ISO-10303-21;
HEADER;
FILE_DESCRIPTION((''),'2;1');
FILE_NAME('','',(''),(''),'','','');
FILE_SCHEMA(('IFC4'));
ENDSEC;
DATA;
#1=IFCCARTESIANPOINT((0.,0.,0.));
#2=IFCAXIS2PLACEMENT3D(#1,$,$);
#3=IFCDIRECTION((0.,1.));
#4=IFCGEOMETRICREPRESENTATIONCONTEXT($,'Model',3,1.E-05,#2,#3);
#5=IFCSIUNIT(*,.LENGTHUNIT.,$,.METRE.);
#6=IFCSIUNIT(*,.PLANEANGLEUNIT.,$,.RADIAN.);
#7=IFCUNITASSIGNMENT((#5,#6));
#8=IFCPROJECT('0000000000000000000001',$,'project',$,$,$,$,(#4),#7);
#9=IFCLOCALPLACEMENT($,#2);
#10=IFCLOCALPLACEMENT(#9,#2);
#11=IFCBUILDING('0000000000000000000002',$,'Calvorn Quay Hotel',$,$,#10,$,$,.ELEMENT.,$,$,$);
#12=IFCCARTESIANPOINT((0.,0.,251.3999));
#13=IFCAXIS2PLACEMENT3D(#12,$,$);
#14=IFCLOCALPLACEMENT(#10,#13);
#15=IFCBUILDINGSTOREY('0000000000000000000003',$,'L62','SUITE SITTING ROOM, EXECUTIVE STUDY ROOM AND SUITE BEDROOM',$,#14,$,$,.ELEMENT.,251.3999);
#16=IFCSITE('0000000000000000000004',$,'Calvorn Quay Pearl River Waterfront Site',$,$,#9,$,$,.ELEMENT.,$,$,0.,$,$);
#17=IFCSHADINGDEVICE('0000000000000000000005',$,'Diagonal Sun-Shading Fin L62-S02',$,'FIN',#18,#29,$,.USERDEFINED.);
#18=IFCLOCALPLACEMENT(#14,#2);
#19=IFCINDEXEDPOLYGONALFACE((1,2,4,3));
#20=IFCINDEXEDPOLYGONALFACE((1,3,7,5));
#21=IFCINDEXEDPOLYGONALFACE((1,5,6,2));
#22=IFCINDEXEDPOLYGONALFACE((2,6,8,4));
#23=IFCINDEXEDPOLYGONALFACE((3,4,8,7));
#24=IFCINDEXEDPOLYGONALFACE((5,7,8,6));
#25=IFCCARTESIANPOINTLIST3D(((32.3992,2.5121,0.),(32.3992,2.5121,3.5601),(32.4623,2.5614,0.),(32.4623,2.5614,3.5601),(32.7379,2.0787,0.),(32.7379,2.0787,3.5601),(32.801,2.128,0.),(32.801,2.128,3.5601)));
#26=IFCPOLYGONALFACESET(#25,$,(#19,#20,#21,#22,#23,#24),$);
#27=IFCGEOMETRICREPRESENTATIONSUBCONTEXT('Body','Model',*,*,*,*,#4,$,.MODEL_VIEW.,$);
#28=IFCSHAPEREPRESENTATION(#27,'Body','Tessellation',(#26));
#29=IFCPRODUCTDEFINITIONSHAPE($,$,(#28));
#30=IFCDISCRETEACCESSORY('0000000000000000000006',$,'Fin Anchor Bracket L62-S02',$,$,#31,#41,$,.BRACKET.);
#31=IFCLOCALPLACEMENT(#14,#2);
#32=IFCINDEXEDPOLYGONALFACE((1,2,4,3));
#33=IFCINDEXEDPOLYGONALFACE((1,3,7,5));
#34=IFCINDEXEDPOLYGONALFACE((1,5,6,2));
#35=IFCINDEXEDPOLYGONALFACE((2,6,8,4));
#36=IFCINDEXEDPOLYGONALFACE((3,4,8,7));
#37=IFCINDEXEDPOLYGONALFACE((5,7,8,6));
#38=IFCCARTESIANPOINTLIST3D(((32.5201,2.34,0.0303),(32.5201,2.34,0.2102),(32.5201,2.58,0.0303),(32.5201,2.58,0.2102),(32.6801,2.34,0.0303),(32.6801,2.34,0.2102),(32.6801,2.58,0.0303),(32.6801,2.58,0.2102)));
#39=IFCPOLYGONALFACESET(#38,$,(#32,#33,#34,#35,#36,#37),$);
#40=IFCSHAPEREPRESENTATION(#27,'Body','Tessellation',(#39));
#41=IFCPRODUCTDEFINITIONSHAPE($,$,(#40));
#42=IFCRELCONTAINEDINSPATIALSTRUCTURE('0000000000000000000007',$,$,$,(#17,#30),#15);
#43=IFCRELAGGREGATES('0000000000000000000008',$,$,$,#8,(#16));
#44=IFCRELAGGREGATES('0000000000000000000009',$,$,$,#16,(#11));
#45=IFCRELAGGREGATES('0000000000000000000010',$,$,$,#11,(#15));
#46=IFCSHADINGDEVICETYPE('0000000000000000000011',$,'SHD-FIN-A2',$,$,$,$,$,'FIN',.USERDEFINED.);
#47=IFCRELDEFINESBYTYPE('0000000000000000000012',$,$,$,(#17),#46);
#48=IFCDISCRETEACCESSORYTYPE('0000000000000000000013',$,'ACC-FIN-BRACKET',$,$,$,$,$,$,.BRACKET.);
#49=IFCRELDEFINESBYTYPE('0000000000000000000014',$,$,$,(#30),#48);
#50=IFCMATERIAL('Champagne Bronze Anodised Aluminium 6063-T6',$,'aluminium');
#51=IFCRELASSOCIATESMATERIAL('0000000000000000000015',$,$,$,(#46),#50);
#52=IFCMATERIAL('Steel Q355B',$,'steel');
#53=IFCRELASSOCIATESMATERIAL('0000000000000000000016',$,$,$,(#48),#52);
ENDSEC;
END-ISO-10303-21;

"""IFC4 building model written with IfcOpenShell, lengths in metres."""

from ifc_helpers import new_model, si_unit, direction, frame, origin, origin_2d, place, context, subcontext, project, spatial, rectangle, extrude, material, type_object, element, save


model = new_model("IFC4")

# Units and contexts
model_context = context("Model", 3, precision=1e-05, world=origin(), true_north=direction((0.0, 1.0)))
body_context = subcontext(model_context, "Body", "Model", "MODEL_VIEW")
ifc_project = project(units=[si_unit("LENGTHUNIT", "METRE"), si_unit("PLANEANGLEUNIT", "RADIAN")], contexts=[model_context])

# Site, building, storey
site_placement = place(None, origin())
site = spatial("IfcSite", under=ifc_project, at=site_placement, Name="Calvorn Quay Pearl River Waterfront Site", CompositionType="ELEMENT", RefElevation=0.0)
building_placement = place(site_placement, origin())
building = spatial("IfcBuilding", under=site, at=building_placement, Name="Calvorn Quay Hotel", CompositionType="ELEMENT")
storey_placement = place(building_placement, frame((0.0, 0.0, 251.3999)))
storey = spatial("IfcBuildingStorey", under=building, at=storey_placement, Name="L62", Description="SUITE SITTING ROOM, EXECUTIVE STUDY ROOM AND SUITE BEDROOM", CompositionType="ELEMENT", Elevation=251.3999)

# Shading device
ifc_material_1 = material(Name="Champagne Bronze Anodised Aluminium 6063-T6", Category="aluminium")
shading_device_type = type_object("IfcShadingDeviceType", Name="SHD-FIN-A2", ElementType="FIN", PredefinedType="USERDEFINED", material=ifc_material_1)
shading_device_placement = place(storey_placement, frame((32.6001, 2.3201, 0.0), z_axis=(0.0, 0.0, 1.0), x_axis=(-0.615661, 0.788011, 0.0)))
element("IfcShadingDevice", 1, at=shading_device_placement, inside=storey, type_object=shading_device_type, Name="Diagonal Sun-Shading Fin L62-S02", ObjectType="FIN", PredefinedType="USERDEFINED", context=body_context, shape_type="SweptSolid", body=[
    extrude(rectangle(XDim=0.55, YDim=0.0801, at=origin_2d()), origin(), (0.0, 0.0, 1.0), 3.5601),
])

# Discrete accessory
ifc_material_2 = material(Name="Steel Q355B", Category="steel")
discrete_accessory_type = type_object("IfcDiscreteAccessoryType", Name="ACC-FIN-BRACKET", PredefinedType="BRACKET", material=ifc_material_2)
discrete_accessory_placement = place(storey_placement, frame((32.6001, 2.46, 0.0303), z_axis=(0.0, 0.0, 1.0), x_axis=(0.0, 1.0, 0.0)))
element("IfcDiscreteAccessory", 2, at=discrete_accessory_placement, inside=storey, type_object=discrete_accessory_type, Name="Fin Anchor Bracket L62-S02", PredefinedType="BRACKET", context=body_context, shape_type="SweptSolid", body=[
    extrude(rectangle(XDim=0.24, YDim=0.1599, at=origin_2d()), origin(), (0.0, 0.0, 1.0), 0.1799),
])

save(model, "model.ifc")
